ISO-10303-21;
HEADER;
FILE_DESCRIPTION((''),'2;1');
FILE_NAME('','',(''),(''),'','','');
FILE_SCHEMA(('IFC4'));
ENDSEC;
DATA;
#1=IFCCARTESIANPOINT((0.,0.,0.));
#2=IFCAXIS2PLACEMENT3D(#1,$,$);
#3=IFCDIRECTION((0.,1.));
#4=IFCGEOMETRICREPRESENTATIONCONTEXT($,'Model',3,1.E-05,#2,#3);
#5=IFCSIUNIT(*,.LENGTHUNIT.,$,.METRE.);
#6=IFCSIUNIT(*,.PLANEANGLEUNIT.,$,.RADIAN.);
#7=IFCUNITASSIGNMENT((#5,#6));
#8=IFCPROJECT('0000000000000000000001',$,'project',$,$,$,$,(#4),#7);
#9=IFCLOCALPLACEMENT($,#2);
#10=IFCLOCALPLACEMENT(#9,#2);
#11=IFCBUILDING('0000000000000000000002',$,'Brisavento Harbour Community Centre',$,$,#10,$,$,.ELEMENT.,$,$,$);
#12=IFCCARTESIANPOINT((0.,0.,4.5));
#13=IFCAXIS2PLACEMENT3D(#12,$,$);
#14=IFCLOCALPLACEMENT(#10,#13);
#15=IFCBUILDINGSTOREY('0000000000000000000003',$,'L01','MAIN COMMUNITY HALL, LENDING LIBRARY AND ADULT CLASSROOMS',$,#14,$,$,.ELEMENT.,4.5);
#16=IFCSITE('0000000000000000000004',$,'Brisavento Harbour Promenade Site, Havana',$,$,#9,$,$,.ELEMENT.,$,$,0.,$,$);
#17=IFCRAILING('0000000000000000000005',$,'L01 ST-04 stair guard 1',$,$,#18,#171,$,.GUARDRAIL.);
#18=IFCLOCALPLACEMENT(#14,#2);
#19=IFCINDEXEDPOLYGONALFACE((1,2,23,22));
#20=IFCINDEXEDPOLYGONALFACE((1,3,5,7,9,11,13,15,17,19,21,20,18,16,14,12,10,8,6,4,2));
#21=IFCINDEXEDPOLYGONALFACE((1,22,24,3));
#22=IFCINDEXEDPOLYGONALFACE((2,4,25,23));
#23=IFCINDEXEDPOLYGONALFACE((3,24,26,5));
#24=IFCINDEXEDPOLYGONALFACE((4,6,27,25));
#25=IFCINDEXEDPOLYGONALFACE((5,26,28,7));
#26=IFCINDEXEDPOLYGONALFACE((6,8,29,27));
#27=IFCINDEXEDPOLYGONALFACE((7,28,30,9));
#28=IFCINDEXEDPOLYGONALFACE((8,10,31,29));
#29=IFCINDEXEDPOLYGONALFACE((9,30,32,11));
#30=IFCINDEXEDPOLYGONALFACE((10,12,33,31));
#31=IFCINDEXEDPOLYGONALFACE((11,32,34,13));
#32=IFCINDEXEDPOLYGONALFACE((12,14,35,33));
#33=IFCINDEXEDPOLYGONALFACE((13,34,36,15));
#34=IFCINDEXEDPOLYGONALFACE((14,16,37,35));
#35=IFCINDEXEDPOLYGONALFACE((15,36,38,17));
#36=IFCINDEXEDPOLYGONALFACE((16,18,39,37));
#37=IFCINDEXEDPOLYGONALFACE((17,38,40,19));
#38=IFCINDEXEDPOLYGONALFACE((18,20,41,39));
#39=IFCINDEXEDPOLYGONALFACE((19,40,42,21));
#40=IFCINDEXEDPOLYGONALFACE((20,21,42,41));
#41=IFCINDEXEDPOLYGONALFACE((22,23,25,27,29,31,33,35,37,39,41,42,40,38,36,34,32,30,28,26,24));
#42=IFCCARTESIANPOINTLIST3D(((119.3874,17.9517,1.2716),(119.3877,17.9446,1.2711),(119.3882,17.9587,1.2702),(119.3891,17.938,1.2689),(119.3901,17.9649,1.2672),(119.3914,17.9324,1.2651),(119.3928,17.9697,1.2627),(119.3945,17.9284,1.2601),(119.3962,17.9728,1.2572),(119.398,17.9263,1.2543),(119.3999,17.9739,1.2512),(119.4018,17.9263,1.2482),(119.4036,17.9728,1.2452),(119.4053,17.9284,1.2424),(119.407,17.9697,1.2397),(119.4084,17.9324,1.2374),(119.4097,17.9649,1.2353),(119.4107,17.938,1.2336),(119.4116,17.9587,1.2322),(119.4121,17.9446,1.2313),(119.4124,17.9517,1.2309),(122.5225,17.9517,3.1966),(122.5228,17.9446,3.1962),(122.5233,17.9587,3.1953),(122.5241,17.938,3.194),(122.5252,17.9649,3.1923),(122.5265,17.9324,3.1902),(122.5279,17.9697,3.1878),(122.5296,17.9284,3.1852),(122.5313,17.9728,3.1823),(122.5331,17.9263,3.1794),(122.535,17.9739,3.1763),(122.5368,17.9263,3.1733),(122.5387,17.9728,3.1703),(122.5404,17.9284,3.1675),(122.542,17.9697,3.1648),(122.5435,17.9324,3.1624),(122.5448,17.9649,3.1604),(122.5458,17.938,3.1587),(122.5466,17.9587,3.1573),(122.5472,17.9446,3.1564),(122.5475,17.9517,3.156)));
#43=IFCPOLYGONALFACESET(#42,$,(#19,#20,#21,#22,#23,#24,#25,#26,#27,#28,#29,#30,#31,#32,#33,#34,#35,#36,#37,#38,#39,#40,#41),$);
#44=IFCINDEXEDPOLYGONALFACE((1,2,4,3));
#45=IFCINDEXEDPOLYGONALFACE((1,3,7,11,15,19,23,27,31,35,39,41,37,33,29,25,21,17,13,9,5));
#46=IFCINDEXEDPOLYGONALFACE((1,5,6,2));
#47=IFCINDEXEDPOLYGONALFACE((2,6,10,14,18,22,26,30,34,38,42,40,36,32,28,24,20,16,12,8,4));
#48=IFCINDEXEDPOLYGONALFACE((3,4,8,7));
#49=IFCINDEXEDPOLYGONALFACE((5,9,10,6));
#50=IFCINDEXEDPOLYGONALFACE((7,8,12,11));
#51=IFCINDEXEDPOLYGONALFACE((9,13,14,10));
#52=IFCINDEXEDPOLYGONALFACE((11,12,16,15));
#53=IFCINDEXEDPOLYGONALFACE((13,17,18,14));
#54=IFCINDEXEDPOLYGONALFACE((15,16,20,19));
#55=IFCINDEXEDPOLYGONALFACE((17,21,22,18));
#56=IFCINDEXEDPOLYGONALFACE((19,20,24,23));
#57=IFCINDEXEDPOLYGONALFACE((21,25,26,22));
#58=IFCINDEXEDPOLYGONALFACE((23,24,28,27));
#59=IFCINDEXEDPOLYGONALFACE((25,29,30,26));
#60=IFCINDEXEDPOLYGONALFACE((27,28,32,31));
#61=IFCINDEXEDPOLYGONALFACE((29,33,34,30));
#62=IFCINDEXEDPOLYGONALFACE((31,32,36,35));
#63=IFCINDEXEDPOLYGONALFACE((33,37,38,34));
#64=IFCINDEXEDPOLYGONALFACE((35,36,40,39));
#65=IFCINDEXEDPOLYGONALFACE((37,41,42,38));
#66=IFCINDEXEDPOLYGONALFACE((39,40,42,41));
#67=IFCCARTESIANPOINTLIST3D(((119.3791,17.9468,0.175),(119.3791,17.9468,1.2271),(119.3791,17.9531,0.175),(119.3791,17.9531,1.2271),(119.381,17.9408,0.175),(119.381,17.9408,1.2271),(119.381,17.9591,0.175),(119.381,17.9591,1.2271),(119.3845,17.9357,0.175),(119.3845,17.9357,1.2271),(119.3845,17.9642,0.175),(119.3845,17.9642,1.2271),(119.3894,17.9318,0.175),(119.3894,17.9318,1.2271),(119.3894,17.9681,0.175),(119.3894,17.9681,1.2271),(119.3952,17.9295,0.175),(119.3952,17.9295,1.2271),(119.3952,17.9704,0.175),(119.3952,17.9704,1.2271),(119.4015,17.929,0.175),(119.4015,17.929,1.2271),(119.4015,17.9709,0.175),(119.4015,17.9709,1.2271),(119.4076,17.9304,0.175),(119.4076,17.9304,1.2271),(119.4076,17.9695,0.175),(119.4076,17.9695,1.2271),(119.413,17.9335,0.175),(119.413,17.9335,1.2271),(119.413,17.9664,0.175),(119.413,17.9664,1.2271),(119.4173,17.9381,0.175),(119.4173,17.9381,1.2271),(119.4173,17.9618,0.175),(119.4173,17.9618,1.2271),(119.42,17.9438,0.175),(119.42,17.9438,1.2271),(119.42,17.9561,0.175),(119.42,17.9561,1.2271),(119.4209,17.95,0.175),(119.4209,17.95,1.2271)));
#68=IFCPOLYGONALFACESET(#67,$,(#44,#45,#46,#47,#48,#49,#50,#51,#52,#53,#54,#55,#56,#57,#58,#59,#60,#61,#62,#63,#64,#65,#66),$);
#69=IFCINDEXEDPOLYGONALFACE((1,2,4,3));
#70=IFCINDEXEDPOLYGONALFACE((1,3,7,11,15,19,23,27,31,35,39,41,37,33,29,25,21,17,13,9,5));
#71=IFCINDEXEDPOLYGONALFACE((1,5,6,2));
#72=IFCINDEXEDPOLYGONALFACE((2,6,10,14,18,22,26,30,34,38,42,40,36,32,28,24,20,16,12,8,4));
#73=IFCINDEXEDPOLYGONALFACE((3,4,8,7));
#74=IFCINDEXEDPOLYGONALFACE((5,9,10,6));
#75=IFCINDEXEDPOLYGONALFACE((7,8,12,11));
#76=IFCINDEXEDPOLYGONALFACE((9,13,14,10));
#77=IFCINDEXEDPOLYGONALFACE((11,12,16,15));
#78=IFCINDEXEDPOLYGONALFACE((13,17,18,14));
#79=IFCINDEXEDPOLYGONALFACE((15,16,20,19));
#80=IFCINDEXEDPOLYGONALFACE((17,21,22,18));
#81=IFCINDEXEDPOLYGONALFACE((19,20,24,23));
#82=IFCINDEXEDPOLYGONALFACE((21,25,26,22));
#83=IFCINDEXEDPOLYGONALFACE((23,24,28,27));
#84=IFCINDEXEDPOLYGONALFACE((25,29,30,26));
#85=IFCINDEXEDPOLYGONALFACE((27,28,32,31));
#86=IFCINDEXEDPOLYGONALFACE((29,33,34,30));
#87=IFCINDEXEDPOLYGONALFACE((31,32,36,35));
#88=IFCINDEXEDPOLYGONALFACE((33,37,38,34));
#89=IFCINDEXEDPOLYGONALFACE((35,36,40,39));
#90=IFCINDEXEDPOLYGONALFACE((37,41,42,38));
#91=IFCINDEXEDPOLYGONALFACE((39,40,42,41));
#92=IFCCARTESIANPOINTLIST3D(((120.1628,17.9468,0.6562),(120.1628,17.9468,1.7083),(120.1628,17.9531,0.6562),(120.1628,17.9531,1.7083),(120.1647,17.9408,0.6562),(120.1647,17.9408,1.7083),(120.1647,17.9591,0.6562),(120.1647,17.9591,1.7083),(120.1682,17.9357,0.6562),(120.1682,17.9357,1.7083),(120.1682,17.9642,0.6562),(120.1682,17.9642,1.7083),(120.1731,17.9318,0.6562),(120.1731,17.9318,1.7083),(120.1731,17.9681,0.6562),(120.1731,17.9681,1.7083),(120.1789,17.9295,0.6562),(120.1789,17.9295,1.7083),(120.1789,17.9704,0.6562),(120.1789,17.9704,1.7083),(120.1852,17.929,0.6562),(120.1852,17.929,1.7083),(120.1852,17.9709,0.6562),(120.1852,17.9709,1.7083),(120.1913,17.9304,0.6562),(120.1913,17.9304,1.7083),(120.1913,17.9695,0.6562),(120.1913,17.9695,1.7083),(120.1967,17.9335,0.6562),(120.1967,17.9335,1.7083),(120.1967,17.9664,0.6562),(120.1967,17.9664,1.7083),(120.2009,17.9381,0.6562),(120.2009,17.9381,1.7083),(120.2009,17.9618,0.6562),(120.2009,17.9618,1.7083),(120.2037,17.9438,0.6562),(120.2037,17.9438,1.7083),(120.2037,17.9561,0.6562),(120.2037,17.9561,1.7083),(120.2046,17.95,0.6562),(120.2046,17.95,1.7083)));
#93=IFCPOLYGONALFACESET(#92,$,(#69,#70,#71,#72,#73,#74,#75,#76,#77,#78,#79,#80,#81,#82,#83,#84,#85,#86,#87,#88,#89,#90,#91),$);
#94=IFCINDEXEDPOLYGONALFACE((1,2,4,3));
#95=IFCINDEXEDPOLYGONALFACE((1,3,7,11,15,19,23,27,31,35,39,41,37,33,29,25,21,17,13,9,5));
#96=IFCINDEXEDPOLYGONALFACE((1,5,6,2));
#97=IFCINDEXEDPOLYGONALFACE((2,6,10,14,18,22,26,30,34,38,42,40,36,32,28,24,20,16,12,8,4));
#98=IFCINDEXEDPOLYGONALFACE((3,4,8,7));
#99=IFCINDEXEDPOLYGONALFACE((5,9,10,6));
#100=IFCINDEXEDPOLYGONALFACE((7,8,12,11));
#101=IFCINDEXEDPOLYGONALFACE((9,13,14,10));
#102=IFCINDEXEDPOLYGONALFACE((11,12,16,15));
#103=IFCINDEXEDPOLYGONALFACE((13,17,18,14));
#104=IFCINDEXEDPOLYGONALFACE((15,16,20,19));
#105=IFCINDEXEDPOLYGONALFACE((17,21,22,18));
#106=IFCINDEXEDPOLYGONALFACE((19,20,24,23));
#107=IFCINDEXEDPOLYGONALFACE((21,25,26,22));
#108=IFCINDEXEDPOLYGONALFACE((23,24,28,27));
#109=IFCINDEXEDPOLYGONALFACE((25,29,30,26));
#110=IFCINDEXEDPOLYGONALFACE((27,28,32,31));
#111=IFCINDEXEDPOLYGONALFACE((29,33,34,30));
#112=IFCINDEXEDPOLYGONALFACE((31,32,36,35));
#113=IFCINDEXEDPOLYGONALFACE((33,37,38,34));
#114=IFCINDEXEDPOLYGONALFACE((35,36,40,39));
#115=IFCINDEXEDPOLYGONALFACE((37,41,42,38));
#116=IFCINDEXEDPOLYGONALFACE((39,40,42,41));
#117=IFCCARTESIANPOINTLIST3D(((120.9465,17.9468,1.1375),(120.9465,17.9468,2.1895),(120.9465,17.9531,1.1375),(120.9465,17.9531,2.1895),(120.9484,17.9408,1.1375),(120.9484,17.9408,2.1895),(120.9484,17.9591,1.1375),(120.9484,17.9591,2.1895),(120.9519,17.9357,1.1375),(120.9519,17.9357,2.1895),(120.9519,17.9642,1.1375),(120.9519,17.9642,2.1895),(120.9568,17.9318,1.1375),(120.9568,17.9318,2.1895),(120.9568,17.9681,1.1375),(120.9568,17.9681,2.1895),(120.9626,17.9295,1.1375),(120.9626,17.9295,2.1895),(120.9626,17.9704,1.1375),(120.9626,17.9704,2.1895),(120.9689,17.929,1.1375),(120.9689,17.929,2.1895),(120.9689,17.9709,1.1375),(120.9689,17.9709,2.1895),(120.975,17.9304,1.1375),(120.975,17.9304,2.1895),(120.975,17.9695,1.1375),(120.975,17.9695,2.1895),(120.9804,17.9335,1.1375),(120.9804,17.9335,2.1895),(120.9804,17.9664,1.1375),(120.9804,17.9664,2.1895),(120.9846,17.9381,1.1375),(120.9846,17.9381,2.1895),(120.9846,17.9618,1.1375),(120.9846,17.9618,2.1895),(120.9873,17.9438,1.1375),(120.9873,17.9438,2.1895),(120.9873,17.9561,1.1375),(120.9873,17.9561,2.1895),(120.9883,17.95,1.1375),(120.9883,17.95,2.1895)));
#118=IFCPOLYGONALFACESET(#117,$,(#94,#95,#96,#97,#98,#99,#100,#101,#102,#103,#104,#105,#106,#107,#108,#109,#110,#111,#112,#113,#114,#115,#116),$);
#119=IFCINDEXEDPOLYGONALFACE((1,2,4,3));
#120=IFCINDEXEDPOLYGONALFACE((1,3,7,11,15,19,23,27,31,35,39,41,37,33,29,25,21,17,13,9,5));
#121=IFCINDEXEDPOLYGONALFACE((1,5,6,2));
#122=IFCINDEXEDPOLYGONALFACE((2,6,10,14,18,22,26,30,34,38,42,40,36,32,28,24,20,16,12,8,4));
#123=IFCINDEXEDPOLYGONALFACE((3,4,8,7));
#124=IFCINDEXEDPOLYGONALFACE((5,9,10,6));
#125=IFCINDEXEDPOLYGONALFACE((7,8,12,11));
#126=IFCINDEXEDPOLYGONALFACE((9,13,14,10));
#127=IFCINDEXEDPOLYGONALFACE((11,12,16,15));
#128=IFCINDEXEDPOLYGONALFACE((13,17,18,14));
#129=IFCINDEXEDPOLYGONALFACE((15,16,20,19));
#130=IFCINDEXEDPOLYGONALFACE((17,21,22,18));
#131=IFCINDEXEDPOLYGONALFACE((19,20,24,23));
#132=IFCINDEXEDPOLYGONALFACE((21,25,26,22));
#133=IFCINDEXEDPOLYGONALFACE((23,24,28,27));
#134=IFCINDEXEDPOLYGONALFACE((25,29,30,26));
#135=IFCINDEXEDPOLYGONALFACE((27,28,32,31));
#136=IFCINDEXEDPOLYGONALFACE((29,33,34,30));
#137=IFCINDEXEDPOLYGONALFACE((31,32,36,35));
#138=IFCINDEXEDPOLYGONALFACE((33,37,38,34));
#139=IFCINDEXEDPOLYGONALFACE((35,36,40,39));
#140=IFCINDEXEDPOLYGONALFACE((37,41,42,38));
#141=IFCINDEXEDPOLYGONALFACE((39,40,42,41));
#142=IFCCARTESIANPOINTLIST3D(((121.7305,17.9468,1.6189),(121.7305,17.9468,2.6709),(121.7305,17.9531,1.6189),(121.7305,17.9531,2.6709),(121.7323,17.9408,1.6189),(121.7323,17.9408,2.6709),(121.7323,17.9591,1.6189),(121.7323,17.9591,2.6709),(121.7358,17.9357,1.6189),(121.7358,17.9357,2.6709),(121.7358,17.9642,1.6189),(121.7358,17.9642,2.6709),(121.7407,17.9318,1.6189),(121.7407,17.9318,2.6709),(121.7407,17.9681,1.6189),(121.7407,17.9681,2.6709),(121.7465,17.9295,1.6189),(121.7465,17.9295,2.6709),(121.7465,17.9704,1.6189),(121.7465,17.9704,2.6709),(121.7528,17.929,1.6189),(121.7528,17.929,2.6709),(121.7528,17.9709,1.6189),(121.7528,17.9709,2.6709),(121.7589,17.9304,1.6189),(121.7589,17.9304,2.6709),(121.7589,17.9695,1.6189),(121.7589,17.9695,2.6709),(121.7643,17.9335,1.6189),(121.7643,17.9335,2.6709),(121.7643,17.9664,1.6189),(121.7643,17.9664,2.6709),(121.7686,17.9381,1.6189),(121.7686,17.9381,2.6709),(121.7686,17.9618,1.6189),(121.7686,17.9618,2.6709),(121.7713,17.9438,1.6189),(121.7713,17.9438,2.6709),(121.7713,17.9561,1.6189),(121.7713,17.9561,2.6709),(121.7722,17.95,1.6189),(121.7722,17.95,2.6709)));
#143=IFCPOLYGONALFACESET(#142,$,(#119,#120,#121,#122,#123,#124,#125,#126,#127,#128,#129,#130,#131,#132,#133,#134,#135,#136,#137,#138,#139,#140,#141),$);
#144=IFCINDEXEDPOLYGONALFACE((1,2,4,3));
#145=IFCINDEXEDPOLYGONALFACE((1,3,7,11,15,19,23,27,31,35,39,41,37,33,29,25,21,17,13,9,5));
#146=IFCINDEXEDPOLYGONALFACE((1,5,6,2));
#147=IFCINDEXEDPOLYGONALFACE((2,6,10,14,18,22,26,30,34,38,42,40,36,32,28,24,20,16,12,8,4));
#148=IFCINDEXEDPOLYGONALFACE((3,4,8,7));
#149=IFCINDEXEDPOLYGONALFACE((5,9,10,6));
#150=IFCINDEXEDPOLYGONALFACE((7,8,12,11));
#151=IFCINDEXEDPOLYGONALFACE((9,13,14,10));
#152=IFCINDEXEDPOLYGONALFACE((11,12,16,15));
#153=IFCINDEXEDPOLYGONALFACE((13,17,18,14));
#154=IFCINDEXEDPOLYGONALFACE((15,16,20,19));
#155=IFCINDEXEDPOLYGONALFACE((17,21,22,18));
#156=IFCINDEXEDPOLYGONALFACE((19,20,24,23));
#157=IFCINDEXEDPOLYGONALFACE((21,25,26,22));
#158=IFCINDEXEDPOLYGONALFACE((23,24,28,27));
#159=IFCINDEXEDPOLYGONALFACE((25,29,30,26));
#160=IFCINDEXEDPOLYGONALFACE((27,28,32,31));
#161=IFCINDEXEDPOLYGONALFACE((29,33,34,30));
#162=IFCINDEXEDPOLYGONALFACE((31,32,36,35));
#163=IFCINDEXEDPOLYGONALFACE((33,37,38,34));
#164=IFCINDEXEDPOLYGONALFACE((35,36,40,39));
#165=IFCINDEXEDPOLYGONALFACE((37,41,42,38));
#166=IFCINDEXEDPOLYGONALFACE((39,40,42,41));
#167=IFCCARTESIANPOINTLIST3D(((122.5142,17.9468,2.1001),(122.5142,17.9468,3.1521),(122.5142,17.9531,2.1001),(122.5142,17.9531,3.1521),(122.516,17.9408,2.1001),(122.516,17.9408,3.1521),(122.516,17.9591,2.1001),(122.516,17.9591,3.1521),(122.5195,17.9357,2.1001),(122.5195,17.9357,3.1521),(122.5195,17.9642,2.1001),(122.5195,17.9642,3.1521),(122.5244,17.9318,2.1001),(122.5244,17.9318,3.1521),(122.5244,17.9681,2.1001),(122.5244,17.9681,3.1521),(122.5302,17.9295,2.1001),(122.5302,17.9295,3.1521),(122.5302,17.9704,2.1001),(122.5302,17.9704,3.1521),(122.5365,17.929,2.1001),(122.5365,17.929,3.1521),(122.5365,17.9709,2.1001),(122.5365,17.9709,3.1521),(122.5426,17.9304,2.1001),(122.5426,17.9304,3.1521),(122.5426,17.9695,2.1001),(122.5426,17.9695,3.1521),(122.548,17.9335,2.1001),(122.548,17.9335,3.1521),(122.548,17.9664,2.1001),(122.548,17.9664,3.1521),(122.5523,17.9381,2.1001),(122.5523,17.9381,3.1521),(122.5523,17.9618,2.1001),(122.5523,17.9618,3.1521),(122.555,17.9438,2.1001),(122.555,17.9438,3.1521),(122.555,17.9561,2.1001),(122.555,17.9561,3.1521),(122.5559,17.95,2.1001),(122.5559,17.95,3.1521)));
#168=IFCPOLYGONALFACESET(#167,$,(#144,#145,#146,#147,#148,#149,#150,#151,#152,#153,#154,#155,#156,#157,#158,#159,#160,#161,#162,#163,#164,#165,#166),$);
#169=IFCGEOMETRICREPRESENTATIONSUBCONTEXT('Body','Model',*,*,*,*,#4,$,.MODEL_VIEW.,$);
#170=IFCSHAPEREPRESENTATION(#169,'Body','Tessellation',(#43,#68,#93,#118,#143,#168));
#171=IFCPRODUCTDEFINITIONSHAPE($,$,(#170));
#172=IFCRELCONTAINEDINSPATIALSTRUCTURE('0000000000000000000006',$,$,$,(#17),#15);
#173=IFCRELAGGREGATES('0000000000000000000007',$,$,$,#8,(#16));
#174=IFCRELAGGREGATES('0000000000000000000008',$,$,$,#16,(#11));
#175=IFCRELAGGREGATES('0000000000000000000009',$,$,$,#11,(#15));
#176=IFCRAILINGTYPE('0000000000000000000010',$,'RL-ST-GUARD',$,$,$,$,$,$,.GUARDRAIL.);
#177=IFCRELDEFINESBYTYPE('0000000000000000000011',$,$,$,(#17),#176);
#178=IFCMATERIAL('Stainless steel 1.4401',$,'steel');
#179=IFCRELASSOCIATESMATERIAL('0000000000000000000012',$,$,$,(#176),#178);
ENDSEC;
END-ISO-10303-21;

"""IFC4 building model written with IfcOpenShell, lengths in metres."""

from ifc_helpers import new_model, si_unit, direction, frame, origin, origin_2d, place, context, subcontext, project, spatial, circle, extrude, material, type_object, element, save


model = new_model("IFC4")

# Units and contexts
model_context = context("Model", 3, precision=1e-05, world=origin(), true_north=direction((0.0, 1.0)))
body_context = subcontext(model_context, "Body", "Model", "MODEL_VIEW")
ifc_project = project(units=[si_unit("LENGTHUNIT", "METRE"), si_unit("PLANEANGLEUNIT", "RADIAN")], contexts=[model_context])

# Site, building, storey
site_placement = place(None, origin())
site = spatial("IfcSite", under=ifc_project, at=site_placement, Name="Brisavento Harbour Promenade Site, Havana", CompositionType="ELEMENT", RefElevation=0.0)
building_placement = place(site_placement, origin())
building = spatial("IfcBuilding", under=site, at=building_placement, Name="Brisavento Harbour Community Centre", CompositionType="ELEMENT")
storey_placement = place(building_placement, frame((0.0, 0.0, 4.5)))
storey = spatial("IfcBuildingStorey", under=building, at=storey_placement, Name="L01", Description="MAIN COMMUNITY HALL, LENDING LIBRARY AND ADULT CLASSROOMS", CompositionType="ELEMENT", Elevation=4.5)

# Railing
ifc_material_1 = material(Name="Stainless steel 1.4401", Category="steel")
railing_type_1 = type_object("IfcRailingType", Name="RL-ST-GUARD", PredefinedType="GUARDRAIL", material=ifc_material_1)
railing_1_placement = place(storey_placement, frame((119.3999, 17.95, 0.175)))
element("IfcRailing", 1, at=railing_1_placement, inside=storey, type_object=railing_type_1, Name="L01 ST-04 stair guard 1", PredefinedType="GUARDRAIL", context=body_context, shape_type="SweptSolid", body=[
    extrude(circle(Radius=0.0239, at=origin_2d()), frame((0.0, 0.0, 1.0762), z_axis=(0.852166, 0.0, 0.523271), x_axis=(0.0, 1.0, 0.0)), (0.0, 0.0, 1.0), 3.679),
    extrude(circle(Radius=0.021, at=origin_2d()), origin(), (0.0, 0.0, 1.0), 1.052),
    extrude(circle(Radius=0.021, at=origin_2d()), frame((0.7837, 0.0, 0.4812)), (0.0, 0.0, 1.0), 1.052),
    extrude(circle(Radius=0.021, at=origin_2d()), frame((1.5674, 0.0, 0.9624)), (0.0, 0.0, 1.0), 1.052),
    extrude(circle(Radius=0.021, at=origin_2d()), frame((2.3513, 0.0, 1.4438)), (0.0, 0.0, 1.0), 1.052),
    extrude(circle(Radius=0.021, at=origin_2d()), frame((3.135, 0.0, 1.925)), (0.0, 0.0, 1.0), 1.052),
])

save(model, "model.ifc")
